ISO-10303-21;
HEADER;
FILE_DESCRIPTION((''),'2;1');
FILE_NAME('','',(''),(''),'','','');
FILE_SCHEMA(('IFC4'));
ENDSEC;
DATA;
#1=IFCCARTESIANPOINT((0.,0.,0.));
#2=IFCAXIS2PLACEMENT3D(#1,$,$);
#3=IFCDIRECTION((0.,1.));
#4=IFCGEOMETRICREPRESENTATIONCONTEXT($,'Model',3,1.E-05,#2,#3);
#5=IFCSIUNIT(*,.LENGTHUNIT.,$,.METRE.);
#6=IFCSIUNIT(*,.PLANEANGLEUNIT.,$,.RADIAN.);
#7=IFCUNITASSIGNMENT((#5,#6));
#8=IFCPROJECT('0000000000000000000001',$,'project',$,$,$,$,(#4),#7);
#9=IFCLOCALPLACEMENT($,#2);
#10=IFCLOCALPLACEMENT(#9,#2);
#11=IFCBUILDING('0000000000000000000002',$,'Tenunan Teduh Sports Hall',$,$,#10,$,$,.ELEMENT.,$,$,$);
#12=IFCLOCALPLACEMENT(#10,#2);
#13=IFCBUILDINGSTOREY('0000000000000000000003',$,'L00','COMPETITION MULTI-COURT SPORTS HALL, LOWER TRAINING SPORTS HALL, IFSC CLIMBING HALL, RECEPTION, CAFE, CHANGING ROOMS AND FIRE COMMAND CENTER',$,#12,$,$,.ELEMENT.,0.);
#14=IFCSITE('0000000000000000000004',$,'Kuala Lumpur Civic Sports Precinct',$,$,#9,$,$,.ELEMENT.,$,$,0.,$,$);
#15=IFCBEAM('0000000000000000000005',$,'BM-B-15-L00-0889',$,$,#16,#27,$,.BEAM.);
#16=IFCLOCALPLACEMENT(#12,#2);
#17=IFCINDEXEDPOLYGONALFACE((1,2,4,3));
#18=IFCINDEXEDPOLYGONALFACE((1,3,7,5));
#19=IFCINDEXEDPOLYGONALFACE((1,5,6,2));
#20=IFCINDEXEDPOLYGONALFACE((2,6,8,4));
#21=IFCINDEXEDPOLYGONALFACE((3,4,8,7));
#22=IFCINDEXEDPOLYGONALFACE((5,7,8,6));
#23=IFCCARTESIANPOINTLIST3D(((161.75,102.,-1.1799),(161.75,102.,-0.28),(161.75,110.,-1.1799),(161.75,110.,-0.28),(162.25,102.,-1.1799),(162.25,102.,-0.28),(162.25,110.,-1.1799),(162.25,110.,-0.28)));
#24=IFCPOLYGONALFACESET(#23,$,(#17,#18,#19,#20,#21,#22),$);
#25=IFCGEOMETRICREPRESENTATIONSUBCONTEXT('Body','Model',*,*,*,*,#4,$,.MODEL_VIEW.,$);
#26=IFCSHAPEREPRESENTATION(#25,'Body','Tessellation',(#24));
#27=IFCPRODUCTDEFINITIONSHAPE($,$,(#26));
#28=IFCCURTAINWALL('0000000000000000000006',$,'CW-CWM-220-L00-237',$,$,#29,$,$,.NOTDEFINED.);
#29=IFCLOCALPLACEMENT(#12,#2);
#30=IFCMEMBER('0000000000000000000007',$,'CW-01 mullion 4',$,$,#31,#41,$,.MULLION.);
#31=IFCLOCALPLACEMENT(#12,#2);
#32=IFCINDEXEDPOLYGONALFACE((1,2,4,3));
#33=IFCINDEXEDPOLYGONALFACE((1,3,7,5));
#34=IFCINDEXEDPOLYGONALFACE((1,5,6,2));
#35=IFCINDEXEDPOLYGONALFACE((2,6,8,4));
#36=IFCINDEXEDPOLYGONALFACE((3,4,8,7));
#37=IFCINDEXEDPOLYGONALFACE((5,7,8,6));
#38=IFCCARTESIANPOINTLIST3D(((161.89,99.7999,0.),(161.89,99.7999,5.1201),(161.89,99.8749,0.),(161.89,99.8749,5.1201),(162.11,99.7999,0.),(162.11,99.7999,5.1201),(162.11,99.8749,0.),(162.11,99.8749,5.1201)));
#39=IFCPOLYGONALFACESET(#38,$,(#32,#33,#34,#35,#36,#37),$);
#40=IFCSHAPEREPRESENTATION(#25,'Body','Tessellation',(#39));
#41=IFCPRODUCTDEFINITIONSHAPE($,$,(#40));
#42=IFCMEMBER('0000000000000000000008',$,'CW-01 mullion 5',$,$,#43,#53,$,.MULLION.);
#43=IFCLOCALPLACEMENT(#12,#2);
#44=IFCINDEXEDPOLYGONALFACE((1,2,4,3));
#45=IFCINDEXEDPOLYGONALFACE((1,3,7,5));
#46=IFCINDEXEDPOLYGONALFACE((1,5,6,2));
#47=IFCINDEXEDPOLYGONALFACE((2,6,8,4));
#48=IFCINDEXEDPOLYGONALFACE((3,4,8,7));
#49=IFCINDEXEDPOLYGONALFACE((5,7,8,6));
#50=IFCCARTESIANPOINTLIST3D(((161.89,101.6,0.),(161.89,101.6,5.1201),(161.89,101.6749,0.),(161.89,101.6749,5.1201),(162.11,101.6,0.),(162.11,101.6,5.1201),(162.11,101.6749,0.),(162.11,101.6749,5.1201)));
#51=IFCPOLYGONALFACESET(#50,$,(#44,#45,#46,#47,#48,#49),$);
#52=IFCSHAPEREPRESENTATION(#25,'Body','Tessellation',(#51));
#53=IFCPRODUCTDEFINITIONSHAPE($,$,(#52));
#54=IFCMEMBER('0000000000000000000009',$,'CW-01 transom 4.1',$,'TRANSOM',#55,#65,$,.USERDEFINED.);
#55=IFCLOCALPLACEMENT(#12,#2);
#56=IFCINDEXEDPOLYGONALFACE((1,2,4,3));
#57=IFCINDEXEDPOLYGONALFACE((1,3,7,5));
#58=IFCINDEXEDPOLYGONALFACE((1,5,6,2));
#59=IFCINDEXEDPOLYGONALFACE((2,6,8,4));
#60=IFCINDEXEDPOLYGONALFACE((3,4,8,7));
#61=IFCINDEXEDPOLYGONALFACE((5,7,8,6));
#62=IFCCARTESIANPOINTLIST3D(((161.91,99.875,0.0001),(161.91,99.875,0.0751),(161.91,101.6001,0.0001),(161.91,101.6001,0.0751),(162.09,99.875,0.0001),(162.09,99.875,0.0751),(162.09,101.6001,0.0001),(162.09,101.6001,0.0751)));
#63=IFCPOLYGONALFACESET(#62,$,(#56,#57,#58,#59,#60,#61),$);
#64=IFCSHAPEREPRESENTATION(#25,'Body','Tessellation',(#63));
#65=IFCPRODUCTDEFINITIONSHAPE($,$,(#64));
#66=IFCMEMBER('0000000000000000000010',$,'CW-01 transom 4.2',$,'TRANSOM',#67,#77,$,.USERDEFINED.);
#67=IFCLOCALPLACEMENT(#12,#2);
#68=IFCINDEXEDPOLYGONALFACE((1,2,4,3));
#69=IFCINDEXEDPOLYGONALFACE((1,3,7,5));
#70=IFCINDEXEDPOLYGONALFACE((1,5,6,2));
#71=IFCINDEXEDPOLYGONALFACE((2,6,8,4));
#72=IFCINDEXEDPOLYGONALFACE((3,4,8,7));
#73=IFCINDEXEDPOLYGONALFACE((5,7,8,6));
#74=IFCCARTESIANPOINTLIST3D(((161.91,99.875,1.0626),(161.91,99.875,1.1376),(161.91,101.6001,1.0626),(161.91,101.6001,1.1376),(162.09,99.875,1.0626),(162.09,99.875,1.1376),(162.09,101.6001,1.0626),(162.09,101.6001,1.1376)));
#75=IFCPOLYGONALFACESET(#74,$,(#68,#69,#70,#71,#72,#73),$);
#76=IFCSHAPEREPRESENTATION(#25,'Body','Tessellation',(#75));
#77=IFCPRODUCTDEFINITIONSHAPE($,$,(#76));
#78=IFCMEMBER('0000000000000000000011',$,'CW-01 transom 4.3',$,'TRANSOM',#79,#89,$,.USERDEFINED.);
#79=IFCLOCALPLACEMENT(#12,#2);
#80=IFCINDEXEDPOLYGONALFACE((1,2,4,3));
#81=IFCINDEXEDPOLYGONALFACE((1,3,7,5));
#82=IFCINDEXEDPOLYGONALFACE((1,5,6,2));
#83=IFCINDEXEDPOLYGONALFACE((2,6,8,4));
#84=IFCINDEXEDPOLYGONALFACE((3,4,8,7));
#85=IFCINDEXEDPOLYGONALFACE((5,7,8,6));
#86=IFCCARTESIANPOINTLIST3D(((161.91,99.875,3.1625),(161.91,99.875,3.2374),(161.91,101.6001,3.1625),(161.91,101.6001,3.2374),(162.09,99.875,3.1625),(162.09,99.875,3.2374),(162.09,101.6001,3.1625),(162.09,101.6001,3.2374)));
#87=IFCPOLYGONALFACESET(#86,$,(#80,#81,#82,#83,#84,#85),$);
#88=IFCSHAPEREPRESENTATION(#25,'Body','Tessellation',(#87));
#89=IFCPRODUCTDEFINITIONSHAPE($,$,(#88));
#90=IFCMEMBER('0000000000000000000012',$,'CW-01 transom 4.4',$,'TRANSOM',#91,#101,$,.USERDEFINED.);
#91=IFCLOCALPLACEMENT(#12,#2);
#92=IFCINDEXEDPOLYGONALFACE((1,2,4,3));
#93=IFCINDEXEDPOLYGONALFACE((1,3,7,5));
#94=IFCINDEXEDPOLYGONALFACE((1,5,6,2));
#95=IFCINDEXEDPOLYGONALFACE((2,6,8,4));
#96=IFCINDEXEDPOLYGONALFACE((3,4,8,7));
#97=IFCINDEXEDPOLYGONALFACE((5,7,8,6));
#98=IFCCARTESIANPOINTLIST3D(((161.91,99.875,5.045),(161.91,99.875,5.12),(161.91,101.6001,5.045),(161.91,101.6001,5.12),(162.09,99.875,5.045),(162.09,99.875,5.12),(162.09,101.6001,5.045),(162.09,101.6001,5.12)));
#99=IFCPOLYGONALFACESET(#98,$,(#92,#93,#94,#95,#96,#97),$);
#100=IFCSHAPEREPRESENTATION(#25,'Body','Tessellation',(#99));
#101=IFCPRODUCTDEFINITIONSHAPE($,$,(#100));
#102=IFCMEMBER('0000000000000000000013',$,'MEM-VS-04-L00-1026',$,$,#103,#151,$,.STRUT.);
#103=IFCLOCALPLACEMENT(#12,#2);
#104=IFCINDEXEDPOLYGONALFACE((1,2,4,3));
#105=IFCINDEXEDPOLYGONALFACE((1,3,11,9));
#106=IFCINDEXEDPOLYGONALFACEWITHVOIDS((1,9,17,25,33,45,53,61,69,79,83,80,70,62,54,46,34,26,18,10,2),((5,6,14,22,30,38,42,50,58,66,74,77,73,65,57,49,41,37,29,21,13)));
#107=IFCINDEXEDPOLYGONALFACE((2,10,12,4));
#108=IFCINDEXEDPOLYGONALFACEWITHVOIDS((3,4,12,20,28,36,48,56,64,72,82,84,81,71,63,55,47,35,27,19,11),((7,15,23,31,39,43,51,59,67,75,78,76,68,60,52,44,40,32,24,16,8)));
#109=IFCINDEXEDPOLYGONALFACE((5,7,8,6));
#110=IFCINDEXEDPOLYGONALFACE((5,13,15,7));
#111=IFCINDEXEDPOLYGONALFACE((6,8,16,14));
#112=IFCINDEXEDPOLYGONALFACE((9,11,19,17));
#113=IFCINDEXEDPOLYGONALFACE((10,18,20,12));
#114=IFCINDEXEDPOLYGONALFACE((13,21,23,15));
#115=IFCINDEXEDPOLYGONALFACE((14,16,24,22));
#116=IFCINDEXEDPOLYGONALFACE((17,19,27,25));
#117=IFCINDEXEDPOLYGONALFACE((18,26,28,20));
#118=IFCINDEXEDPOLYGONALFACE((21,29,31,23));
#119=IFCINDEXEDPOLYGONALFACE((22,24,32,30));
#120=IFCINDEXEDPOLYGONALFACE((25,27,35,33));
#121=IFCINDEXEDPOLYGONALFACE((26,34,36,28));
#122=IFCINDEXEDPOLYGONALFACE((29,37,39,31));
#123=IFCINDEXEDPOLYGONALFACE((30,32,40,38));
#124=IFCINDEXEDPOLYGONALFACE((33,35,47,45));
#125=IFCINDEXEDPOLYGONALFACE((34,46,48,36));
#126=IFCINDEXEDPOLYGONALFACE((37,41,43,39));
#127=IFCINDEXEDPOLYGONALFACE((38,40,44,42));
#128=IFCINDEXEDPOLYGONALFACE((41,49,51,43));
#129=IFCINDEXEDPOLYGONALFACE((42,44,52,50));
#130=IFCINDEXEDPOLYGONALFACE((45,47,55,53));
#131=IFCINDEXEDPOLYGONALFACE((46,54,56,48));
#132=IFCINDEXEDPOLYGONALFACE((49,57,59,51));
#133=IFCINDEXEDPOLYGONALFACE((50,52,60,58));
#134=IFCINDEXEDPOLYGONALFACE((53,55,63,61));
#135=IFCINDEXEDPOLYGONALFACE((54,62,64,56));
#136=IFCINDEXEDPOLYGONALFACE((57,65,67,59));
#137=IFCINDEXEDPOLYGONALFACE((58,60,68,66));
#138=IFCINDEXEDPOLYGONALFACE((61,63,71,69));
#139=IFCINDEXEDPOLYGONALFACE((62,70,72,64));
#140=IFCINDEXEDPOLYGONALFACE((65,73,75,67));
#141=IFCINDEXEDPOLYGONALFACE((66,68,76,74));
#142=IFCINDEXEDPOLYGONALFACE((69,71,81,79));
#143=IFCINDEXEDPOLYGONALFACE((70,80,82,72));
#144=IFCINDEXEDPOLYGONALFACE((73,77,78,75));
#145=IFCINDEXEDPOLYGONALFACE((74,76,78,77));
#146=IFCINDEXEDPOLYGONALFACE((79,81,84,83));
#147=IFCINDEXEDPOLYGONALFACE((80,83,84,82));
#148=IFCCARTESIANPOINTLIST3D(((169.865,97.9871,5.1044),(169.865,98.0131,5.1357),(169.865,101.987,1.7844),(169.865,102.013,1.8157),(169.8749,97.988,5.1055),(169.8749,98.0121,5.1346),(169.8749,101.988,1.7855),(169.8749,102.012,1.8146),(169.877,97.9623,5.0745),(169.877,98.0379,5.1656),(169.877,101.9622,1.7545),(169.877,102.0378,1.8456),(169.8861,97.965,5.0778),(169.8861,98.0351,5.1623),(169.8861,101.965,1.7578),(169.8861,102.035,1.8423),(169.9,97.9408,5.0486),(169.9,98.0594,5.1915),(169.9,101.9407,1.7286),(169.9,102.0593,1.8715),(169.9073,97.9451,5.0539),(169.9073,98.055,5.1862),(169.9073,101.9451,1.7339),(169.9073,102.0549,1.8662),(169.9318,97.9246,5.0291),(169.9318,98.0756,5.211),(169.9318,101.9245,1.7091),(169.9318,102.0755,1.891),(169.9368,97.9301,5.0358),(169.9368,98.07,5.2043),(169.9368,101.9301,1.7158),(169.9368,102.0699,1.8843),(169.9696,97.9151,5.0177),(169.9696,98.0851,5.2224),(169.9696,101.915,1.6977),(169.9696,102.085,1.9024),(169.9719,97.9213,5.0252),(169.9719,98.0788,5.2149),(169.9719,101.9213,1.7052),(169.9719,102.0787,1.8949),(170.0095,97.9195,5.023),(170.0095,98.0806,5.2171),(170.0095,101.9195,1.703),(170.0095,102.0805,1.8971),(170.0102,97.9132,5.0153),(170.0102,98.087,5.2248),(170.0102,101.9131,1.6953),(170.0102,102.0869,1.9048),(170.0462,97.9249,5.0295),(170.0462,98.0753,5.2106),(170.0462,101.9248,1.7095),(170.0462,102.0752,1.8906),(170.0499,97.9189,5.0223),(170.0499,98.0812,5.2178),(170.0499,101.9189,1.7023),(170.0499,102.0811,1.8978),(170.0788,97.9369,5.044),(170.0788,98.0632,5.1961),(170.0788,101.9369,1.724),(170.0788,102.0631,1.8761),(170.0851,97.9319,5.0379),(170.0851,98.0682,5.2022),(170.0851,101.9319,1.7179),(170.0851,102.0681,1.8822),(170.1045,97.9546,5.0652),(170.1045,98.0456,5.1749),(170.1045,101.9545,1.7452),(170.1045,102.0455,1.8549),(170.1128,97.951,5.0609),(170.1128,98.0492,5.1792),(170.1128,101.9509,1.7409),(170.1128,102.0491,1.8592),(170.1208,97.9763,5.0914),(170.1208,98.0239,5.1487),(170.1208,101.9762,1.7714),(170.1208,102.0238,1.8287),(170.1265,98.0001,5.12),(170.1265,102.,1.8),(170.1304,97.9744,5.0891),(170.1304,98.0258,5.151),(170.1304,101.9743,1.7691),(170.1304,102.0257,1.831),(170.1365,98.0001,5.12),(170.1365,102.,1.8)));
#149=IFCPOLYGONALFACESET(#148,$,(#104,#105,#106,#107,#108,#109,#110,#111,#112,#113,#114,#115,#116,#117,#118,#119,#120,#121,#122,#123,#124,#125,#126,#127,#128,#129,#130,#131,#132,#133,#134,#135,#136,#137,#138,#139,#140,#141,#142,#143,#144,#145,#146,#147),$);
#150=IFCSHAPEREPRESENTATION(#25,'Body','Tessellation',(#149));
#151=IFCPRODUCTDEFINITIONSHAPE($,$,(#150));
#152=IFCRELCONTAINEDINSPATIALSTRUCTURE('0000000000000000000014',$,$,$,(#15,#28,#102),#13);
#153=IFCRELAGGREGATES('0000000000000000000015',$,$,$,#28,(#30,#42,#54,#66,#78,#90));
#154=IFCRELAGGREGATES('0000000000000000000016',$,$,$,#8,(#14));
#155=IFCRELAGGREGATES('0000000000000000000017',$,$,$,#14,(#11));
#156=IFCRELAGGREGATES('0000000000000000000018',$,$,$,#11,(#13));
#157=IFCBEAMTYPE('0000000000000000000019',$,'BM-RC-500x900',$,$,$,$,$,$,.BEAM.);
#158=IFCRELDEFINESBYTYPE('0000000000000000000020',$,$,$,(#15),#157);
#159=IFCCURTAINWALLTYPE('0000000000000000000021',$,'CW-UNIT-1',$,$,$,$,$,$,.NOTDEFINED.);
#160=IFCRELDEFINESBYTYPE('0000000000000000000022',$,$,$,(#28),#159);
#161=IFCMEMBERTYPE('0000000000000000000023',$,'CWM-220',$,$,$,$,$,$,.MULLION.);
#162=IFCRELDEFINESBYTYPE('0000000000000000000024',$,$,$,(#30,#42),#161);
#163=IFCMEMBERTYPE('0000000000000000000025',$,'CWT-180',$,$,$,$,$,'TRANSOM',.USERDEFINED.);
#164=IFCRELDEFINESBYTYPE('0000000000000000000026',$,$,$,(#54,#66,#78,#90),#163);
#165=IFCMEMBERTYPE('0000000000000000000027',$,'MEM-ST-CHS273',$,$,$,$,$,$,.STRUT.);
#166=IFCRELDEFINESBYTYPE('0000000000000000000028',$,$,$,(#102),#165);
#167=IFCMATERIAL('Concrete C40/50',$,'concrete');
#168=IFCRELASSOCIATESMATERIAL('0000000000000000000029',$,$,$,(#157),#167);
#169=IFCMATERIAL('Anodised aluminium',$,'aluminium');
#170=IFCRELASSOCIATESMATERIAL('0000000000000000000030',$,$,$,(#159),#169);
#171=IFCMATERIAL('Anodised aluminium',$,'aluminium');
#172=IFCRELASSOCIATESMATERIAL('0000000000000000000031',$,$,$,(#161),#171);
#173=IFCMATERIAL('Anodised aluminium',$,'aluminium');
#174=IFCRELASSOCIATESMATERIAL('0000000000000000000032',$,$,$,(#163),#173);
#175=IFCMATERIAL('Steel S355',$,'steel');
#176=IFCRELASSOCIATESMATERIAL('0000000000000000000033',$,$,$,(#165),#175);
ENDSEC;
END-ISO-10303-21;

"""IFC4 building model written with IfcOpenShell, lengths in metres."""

from ifc_helpers import new_model, si_unit, direction, frame, origin, origin_2d, place, context, subcontext, project, spatial, rectangle, hollow_circle, extrude, material, material_profile, profile_set, type_object, element, aggregate, save


model = new_model("IFC4")

# Units and contexts
model_context = context("Model", 3, precision=1e-05, world=origin(), true_north=direction((0.0, 1.0)))
body_context = subcontext(model_context, "Body", "Model", "MODEL_VIEW")
ifc_project = project(units=[si_unit("LENGTHUNIT", "METRE"), si_unit("PLANEANGLEUNIT", "RADIAN")], contexts=[model_context])

# Site, building, storey
site_placement = place(None, origin())
site = spatial("IfcSite", under=ifc_project, at=site_placement, Name="Kuala Lumpur Civic Sports Precinct", CompositionType="ELEMENT", RefElevation=0.0)
building_placement = place(site_placement, origin())
building = spatial("IfcBuilding", under=site, at=building_placement, Name="Tenunan Teduh Sports Hall", CompositionType="ELEMENT")
storey_placement = place(building_placement, origin())
storey = spatial("IfcBuildingStorey", under=building, at=storey_placement, Name="L00", Description="COMPETITION MULTI-COURT SPORTS HALL, LOWER TRAINING SPORTS HALL, IFSC CLIMBING HALL, RECEPTION, CAFE, CHANGING ROOMS AND FIRE COMMAND CENTER", CompositionType="ELEMENT", Elevation=0.0)

# Beam
ifc_material_1 = material(Name="Concrete C40/50", Category="concrete")
ifc_material_profile_1 = material_profile(ifc_material_1, rectangle(XDim=0.5, YDim=0.8999, at=origin_2d()), Name="RCB 500x900")
ifc_profile_set_1 = profile_set([ifc_material_profile_1], Name="Concrete C40/50")
beam_type = type_object("IfcBeamType", Name="BM-RC-500x900", PredefinedType="BEAM", material=ifc_profile_set_1)
beam_placement = place(storey_placement, frame((162.0, 102.0, -0.73), z_axis=(0.0, 1.0, 0.0), x_axis=(-1.0, 0.0, 0.0)))
element("IfcBeam", 1, at=beam_placement, inside=storey, type_object=beam_type, Name="BM-B-15-L00-0889", PredefinedType="BEAM", context=body_context, shape_type="SweptSolid", body=[
    extrude(rectangle(XDim=0.5, YDim=0.8999, at=origin_2d()), origin(), (0.0, 0.0, 1.0), 8.0),
])

# Curtain wall, members
ifc_material_2 = material(Name="Anodised aluminium", Category="aluminium")
curtain_wall_type = type_object("IfcCurtainWallType", Name="CW-UNIT-1", PredefinedType="NOTDEFINED", material=ifc_material_2)
curtain_wall_placement = place(storey_placement, origin())
curtain_wall = element("IfcCurtainWall", 2, at=curtain_wall_placement, inside=storey, type_object=curtain_wall_type, Name="CW-CWM-220-L00-237", PredefinedType="NOTDEFINED")
ifc_material_3 = material(Name="Anodised aluminium", Category="aluminium")
ifc_material_profile_2 = material_profile(ifc_material_3, rectangle(XDim=0.075, YDim=0.22, at=origin_2d()), Name="CWM 75x220")
ifc_profile_set_2 = profile_set([ifc_material_profile_2], Name="Anodised aluminium")
member_type_1 = type_object("IfcMemberType", Name="CWM-220", PredefinedType="MULLION", material=ifc_profile_set_2)
member_1_placement = place(storey_placement, frame((162.0, 99.8374, 0.0), z_axis=(0.0, 0.0, 1.0), x_axis=(0.0, 1.0, 0.0)))
member_1 = element("IfcMember", 3, at=member_1_placement, type_object=member_type_1, Name="CW-01 mullion 4", PredefinedType="MULLION", context=body_context, shape_type="SweptSolid", body=[
    extrude(rectangle(XDim=0.075, YDim=0.22, at=origin_2d()), origin(), (0.0, 0.0, 1.0), 5.1201),
])
member_2_placement = place(storey_placement, frame((162.0, 101.6375, 0.0), z_axis=(0.0, 0.0, 1.0), x_axis=(0.0, 1.0, 0.0)))
member_2 = element("IfcMember", 4, at=member_2_placement, type_object=member_type_1, Name="CW-01 mullion 5", PredefinedType="MULLION", context=body_context, shape_type="SweptSolid", body=[
    extrude(rectangle(XDim=0.075, YDim=0.22, at=origin_2d()), origin(), (0.0, 0.0, 1.0), 5.1201),
])
ifc_material_4 = material(Name="Anodised aluminium", Category="aluminium")
ifc_material_profile_3 = material_profile(ifc_material_4, rectangle(XDim=0.075, YDim=0.1799, at=origin_2d()), Name="CWT 75x180")
ifc_profile_set_3 = profile_set([ifc_material_profile_3], Name="Anodised aluminium")
member_type_2 = type_object("IfcMemberType", Name="CWT-180", ElementType="TRANSOM", PredefinedType="USERDEFINED", material=ifc_profile_set_3)
member_3_placement = place(storey_placement, frame((162.0, 99.875, 0.0376), z_axis=(0.0, 1.0, 0.0), x_axis=(0.0, 0.0, 1.0)))
member_3 = element("IfcMember", 5, at=member_3_placement, type_object=member_type_2, Name="CW-01 transom 4.1", ObjectType="TRANSOM", PredefinedType="USERDEFINED", context=body_context, shape_type="SweptSolid", body=[
    extrude(rectangle(XDim=0.075, YDim=0.1799, at=origin_2d()), origin(), (0.0, 0.0, 1.0), 1.7251),
])
member_4_placement = place(storey_placement, frame((162.0, 99.875, 1.1001), z_axis=(0.0, 1.0, 0.0), x_axis=(0.0, 0.0, 1.0)))
member_4 = element("IfcMember", 6, at=member_4_placement, type_object=member_type_2, Name="CW-01 transom 4.2", ObjectType="TRANSOM", PredefinedType="USERDEFINED", context=body_context, shape_type="SweptSolid", body=[
    extrude(rectangle(XDim=0.075, YDim=0.1799, at=origin_2d()), origin(), (0.0, 0.0, 1.0), 1.7251),
])
member_5_placement = place(storey_placement, frame((162.0, 99.875, 3.2), z_axis=(0.0, 1.0, 0.0), x_axis=(0.0, 0.0, 1.0)))
member_5 = element("IfcMember", 7, at=member_5_placement, type_object=member_type_2, Name="CW-01 transom 4.3", ObjectType="TRANSOM", PredefinedType="USERDEFINED", context=body_context, shape_type="SweptSolid", body=[
    extrude(rectangle(XDim=0.075, YDim=0.1799, at=origin_2d()), origin(), (0.0, 0.0, 1.0), 1.7251),
])
member_6_placement = place(storey_placement, frame((162.0, 99.875, 5.0825), z_axis=(0.0, 1.0, 0.0), x_axis=(0.0, 0.0, 1.0)))
member_6 = element("IfcMember", 8, at=member_6_placement, type_object=member_type_2, Name="CW-01 transom 4.4", ObjectType="TRANSOM", PredefinedType="USERDEFINED", context=body_context, shape_type="SweptSolid", body=[
    extrude(rectangle(XDim=0.075, YDim=0.1799, at=origin_2d()), origin(), (0.0, 0.0, 1.0), 1.7251),
])

# Member
ifc_material_5 = material(Name="Steel S355", Category="steel")
ifc_material_profile_4 = material_profile(ifc_material_5, hollow_circle(Radius=0.1365, WallThickness=0.01, at=origin_2d()), Name="CHS 273.0x10.0")
ifc_profile_set_4 = profile_set([ifc_material_profile_4], Name="Steel S355")
member_type_3 = type_object("IfcMemberType", Name="MEM-ST-CHS273", PredefinedType="STRUT", material=ifc_profile_set_4)
for number, where, z_axis, x_axis, name in (
    (9, (170.0, 102.0, 1.8), (0.0, -0.769475, 0.638677), (1.0, 0.0, 0.0), "MEM-VS-04-L00-1026"),
):
    element("IfcMember", number, at=place(storey_placement, frame(where, z_axis=z_axis, x_axis=x_axis)), inside=storey, type_object=member_type_3, Name=name, PredefinedType="STRUT", context=body_context, shape_type="SweptSolid", body=[
        extrude(hollow_circle(Radius=0.1365, WallThickness=0.01, at=origin_2d()), origin(), (0.0, 0.0, 1.0), 5.1982),
    ])

aggregate(curtain_wall, [member_1, member_2, member_3, member_4, member_5, member_6])

save(model, "model.ifc")
